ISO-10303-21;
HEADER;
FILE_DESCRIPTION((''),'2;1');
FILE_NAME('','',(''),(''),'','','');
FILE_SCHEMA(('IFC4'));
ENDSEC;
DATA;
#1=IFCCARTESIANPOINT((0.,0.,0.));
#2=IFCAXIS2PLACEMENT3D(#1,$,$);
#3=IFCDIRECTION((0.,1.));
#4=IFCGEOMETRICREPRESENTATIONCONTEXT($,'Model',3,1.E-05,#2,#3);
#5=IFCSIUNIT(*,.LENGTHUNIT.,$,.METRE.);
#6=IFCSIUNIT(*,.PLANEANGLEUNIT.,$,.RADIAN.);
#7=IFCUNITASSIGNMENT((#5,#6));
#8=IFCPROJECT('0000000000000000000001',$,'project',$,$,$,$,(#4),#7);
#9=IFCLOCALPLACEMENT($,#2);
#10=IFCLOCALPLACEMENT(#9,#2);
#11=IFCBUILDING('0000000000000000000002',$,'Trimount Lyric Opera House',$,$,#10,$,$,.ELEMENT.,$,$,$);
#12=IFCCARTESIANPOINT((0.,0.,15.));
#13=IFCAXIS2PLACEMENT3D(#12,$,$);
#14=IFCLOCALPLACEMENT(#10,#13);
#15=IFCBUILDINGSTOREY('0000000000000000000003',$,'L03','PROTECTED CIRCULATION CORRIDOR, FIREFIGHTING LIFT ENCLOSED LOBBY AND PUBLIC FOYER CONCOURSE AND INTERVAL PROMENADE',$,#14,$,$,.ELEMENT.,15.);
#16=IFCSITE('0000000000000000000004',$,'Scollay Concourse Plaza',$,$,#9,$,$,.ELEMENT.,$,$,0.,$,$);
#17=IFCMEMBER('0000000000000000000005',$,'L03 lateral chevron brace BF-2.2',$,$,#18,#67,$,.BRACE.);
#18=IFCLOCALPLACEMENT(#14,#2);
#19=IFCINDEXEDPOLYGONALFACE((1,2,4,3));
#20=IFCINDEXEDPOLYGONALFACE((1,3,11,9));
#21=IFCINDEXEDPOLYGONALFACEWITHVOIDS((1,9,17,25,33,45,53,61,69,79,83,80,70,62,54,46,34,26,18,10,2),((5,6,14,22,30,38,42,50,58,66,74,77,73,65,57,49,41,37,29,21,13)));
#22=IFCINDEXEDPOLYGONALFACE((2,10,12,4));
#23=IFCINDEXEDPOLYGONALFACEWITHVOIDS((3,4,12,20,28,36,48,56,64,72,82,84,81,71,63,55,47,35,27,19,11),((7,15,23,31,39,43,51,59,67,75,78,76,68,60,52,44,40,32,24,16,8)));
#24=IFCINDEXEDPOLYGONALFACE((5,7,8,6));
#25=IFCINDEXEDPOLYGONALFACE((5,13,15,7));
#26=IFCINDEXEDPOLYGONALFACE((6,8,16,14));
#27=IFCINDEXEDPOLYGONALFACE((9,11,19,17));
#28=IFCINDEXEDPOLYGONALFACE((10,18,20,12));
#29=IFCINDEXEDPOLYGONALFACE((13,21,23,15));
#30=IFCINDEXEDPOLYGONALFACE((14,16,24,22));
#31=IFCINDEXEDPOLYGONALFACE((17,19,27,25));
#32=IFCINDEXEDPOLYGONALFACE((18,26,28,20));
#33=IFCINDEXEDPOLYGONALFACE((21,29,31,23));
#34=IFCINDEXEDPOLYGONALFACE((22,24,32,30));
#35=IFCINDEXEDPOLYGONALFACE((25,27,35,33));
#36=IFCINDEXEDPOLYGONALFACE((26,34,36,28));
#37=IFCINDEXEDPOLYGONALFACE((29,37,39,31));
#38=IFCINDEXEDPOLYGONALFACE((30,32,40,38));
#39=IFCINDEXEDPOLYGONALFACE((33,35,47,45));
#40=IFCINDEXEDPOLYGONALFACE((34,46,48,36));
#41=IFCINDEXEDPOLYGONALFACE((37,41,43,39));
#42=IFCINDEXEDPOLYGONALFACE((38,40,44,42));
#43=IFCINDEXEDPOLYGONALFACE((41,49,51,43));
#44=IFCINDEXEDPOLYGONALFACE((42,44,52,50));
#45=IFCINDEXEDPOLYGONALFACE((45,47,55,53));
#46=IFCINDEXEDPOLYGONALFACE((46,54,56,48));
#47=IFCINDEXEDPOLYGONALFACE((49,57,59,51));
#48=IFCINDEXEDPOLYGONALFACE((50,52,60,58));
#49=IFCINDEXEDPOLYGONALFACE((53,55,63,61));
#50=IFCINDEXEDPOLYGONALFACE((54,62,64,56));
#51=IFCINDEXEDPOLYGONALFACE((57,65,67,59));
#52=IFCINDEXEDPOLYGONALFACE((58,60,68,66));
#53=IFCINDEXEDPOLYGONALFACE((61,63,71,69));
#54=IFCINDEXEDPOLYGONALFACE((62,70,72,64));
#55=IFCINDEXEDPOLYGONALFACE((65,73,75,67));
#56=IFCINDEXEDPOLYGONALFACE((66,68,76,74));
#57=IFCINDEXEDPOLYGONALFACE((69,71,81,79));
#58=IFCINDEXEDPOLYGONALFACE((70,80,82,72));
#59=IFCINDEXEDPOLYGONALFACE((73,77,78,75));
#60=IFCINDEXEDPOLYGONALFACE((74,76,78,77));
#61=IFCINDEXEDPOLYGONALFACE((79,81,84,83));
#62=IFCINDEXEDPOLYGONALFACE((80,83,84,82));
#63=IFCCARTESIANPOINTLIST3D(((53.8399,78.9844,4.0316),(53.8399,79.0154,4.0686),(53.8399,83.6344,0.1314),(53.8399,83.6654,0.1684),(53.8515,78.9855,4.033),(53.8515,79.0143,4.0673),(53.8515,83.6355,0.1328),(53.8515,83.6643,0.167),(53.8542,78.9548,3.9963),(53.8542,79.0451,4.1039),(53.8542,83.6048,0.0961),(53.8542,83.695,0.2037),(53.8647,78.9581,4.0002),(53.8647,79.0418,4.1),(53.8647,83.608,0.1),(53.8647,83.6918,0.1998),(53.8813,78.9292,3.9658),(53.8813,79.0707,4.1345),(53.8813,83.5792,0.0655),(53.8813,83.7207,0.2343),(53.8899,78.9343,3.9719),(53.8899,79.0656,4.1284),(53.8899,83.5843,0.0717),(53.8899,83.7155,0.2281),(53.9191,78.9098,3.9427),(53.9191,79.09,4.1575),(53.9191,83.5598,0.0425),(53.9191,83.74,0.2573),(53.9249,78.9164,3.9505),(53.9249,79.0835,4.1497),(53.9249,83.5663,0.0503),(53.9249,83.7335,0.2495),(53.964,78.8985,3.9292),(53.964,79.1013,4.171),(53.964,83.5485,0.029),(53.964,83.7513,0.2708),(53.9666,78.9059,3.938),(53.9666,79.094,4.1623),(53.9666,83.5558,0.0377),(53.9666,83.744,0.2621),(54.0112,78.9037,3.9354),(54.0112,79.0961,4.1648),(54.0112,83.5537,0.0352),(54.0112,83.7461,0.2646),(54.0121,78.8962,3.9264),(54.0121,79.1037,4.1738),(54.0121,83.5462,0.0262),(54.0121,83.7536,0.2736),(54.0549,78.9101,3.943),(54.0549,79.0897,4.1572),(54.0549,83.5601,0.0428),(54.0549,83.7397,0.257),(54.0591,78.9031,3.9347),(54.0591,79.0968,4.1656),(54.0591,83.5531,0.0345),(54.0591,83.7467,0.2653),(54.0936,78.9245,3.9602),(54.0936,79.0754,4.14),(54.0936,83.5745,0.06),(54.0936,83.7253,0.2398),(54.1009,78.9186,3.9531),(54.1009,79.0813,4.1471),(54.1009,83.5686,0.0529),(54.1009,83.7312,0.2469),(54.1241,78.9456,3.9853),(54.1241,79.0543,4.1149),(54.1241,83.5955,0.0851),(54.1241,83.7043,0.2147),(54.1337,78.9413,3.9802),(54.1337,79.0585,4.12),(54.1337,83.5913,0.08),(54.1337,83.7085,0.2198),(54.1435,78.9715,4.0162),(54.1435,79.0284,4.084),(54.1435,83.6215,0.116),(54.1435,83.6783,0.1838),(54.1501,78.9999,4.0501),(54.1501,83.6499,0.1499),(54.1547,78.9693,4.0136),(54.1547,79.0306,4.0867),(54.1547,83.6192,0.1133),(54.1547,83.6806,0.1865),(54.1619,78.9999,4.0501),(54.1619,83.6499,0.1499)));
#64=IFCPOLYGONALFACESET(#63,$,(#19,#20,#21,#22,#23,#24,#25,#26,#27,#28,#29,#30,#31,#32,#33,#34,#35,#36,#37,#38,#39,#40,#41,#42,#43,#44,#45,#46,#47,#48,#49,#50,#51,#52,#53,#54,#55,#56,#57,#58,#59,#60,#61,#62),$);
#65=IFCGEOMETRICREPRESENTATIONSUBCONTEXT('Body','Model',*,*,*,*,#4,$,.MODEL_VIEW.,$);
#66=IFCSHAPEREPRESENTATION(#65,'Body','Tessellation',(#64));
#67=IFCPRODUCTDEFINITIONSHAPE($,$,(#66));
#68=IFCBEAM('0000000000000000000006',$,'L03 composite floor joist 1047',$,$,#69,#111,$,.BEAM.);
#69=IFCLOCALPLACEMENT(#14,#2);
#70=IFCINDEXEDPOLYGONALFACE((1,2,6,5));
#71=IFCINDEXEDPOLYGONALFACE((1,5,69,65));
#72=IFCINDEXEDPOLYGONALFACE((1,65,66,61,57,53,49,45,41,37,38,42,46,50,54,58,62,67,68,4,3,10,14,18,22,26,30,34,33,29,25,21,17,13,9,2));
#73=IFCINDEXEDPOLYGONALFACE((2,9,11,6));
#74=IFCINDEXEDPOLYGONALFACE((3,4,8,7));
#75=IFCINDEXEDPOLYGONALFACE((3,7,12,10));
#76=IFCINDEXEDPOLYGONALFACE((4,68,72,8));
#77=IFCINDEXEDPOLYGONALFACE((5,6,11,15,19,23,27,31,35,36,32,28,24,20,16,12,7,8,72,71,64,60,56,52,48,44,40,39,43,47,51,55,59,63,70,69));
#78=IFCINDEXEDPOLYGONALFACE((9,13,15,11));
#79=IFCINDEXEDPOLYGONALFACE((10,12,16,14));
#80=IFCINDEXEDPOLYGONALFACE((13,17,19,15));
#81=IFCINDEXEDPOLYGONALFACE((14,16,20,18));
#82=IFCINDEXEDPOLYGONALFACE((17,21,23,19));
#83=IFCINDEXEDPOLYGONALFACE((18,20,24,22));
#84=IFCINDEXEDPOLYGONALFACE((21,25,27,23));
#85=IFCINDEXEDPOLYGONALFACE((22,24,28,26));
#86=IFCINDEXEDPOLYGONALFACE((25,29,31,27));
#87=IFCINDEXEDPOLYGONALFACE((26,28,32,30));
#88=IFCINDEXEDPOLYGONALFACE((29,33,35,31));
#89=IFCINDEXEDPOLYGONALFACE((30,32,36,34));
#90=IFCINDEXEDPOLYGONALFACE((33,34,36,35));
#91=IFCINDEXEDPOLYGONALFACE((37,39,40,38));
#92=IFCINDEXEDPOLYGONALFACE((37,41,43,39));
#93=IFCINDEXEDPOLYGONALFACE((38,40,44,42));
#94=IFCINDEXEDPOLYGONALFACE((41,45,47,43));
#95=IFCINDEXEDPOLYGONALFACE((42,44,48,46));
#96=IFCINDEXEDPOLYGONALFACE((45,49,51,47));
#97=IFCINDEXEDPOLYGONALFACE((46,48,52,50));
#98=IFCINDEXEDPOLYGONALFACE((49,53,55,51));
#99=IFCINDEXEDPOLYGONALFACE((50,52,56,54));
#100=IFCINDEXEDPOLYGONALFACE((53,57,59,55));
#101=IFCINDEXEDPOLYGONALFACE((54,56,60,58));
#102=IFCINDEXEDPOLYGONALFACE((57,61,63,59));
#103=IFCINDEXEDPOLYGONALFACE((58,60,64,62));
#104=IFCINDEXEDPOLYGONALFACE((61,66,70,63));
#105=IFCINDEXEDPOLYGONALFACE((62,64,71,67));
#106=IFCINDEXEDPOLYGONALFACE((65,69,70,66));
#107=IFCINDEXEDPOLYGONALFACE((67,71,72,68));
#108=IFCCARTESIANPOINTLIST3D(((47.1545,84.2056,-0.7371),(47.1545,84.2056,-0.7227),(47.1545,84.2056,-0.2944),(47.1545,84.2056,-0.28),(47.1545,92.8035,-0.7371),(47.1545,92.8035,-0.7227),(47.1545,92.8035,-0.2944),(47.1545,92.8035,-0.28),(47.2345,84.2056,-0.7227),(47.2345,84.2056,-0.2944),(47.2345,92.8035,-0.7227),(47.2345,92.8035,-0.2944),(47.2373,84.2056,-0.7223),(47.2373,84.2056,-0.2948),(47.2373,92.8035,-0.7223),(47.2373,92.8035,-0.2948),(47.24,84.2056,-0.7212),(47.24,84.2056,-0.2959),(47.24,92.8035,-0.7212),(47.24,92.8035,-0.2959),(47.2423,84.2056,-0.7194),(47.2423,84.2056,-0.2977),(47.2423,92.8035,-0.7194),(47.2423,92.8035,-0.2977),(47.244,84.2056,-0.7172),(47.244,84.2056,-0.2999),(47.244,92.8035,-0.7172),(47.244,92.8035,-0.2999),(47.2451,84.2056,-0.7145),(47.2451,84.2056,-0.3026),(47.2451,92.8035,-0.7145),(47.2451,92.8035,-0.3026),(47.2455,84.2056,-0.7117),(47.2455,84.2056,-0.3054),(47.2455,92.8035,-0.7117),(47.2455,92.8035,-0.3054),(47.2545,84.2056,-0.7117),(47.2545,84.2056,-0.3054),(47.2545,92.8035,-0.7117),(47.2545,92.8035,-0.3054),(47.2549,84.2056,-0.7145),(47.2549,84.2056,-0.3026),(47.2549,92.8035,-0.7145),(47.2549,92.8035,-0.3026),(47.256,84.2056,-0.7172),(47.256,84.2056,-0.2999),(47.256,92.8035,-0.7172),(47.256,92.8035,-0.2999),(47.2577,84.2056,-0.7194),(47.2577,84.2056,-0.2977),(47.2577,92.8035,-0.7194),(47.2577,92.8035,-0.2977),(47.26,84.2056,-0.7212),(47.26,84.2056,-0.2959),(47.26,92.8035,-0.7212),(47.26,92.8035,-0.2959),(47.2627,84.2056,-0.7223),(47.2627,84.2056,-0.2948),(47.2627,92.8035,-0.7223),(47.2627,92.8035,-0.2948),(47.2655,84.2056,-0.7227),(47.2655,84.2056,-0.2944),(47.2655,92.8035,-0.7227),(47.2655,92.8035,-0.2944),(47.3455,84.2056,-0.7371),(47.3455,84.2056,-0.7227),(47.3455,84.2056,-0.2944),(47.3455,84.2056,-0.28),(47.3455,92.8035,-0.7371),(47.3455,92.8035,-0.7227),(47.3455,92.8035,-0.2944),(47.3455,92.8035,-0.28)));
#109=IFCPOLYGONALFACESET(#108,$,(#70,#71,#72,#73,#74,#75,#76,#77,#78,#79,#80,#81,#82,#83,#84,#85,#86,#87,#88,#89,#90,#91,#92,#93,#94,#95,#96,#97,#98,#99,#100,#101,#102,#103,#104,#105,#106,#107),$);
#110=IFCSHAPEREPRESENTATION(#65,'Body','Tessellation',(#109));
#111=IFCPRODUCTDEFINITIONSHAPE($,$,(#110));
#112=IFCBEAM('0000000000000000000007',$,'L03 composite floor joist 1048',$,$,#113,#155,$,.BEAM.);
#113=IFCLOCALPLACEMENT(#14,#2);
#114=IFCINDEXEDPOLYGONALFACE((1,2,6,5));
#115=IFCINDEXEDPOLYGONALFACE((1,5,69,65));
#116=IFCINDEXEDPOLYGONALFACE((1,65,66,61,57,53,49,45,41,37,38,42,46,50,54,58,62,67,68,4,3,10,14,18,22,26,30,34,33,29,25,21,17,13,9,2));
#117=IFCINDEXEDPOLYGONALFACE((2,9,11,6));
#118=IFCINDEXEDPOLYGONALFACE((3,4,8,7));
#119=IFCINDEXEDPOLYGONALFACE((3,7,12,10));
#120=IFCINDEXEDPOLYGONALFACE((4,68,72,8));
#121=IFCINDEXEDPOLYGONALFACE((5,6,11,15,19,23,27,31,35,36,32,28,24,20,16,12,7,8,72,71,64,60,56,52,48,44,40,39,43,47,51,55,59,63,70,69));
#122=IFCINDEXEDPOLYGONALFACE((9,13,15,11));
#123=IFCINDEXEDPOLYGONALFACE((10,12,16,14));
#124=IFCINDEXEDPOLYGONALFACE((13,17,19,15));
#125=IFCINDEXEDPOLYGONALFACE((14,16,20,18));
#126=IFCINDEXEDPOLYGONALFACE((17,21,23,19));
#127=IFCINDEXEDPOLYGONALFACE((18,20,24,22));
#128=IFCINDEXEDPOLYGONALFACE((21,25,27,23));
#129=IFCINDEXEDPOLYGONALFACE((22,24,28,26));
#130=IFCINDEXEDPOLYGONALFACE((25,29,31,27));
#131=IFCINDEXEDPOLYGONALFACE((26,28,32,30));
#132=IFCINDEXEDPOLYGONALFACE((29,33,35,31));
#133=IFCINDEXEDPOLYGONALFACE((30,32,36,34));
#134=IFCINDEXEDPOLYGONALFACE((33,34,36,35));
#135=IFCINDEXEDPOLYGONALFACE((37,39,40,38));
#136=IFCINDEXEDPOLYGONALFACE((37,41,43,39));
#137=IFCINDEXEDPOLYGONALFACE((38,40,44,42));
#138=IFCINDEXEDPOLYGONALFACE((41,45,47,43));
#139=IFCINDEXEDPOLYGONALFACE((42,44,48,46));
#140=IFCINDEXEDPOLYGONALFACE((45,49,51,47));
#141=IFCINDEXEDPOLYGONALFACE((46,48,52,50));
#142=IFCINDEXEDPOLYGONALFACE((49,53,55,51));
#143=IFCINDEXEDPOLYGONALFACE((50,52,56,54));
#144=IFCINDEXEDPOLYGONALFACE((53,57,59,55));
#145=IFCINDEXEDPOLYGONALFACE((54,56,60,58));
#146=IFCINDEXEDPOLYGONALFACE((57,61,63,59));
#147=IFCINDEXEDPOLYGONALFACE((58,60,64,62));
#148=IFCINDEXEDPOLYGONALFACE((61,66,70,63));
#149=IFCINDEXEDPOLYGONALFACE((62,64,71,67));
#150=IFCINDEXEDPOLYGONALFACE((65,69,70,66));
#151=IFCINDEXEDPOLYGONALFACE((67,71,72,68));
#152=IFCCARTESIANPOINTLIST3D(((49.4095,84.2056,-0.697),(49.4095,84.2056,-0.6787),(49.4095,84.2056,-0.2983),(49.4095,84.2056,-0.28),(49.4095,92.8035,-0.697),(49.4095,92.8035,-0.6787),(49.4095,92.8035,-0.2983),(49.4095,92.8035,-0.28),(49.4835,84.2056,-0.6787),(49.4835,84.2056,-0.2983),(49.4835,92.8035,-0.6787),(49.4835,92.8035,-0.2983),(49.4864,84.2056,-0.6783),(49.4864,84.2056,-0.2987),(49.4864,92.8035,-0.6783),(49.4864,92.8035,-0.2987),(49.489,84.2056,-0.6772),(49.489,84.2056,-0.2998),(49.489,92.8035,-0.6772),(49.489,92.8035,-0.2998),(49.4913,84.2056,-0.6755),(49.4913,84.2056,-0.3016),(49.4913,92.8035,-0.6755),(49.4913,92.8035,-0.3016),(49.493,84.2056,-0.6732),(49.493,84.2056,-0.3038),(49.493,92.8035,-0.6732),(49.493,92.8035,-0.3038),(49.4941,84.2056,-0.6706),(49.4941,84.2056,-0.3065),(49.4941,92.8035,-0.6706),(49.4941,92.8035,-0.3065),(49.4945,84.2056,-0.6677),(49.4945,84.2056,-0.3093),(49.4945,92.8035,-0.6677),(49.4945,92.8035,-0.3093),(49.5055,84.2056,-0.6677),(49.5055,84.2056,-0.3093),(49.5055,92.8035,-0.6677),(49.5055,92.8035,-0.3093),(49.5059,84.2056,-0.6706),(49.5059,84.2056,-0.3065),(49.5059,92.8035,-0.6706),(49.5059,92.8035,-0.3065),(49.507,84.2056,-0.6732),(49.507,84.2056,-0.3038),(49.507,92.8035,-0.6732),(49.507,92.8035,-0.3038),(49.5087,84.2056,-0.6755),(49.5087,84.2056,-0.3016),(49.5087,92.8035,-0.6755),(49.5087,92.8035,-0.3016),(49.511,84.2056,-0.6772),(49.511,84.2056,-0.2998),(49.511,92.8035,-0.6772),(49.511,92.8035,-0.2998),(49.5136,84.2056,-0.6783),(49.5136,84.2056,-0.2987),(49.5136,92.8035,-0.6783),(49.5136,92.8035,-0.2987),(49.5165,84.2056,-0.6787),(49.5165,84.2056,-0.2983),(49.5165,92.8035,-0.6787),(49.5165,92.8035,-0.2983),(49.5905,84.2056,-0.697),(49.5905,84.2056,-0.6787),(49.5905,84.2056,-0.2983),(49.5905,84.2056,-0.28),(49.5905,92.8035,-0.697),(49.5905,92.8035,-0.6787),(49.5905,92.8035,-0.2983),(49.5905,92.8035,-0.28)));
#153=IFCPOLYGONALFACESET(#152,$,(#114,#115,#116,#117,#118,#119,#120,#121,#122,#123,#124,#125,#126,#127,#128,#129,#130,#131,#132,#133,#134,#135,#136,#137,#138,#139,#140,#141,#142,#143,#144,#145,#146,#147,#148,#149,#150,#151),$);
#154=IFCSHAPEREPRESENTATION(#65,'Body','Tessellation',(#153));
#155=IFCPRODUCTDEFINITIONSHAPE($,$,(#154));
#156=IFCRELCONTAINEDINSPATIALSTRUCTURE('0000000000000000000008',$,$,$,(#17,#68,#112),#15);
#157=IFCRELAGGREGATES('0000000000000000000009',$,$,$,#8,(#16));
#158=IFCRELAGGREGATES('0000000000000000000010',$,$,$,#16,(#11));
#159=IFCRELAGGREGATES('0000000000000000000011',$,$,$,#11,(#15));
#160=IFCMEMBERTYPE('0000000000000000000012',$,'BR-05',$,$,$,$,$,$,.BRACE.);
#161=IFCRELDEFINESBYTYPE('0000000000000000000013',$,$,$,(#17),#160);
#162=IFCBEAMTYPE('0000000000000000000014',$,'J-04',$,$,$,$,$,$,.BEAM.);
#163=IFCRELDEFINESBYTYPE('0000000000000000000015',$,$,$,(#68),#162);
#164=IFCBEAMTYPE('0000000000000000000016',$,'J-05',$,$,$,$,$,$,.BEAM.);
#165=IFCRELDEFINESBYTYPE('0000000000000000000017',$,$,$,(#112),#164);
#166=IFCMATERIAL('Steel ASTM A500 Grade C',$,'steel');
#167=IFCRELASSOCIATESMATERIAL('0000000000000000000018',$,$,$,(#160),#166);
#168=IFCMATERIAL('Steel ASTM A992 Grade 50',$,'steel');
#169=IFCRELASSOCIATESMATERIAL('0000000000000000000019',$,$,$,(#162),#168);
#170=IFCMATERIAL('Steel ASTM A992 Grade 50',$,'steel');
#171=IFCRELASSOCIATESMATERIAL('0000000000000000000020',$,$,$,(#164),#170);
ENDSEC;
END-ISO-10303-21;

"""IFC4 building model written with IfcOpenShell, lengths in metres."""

from ifc_helpers import new_model, si_unit, direction, frame, origin, origin_2d, place, context, subcontext, project, spatial, hollow_circle, i_section, extrude, material, material_profile, profile_set, type_object, element, save


model = new_model("IFC4")

# Units and contexts
model_context = context("Model", 3, precision=1e-05, world=origin(), true_north=direction((0.0, 1.0)))
body_context = subcontext(model_context, "Body", "Model", "MODEL_VIEW")
ifc_project = project(units=[si_unit("LENGTHUNIT", "METRE"), si_unit("PLANEANGLEUNIT", "RADIAN")], contexts=[model_context])

# Site, building, storey
site_placement = place(None, origin())
site = spatial("IfcSite", under=ifc_project, at=site_placement, Name="Scollay Concourse Plaza", CompositionType="ELEMENT", RefElevation=0.0)
building_placement = place(site_placement, origin())
building = spatial("IfcBuilding", under=site, at=building_placement, Name="Trimount Lyric Opera House", CompositionType="ELEMENT")
storey_placement = place(building_placement, frame((0.0, 0.0, 15.0)))
storey = spatial("IfcBuildingStorey", under=building, at=storey_placement, Name="L03", Description="PROTECTED CIRCULATION CORRIDOR, FIREFIGHTING LIFT ENCLOSED LOBBY AND PUBLIC FOYER CONCOURSE AND INTERVAL PROMENADE", CompositionType="ELEMENT", Elevation=15.0)

# Member
ifc_material_1 = material(Name="Steel ASTM A500 Grade C", Category="steel")
ifc_material_profile_1 = material_profile(ifc_material_1, hollow_circle(Radius=0.1619, WallThickness=0.0117, at=origin_2d()), Name="HSS323.9X12.7")
ifc_profile_set_1 = profile_set([ifc_material_profile_1], Name="Steel ASTM A500 Grade C")
member_type_1 = type_object("IfcMemberType", Name="BR-05", PredefinedType="BRACE", material=ifc_profile_set_1)
member_1_placement = place(storey_placement, frame((54.0, 83.6499, 0.1499), z_axis=(0.0, -0.766173, 0.642634), x_axis=(1.0, 0.0, 0.0)))
element("IfcMember", 1, at=member_1_placement, inside=storey, type_object=member_type_1, Name="L03 lateral chevron brace BF-2.2", PredefinedType="BRACE", context=body_context, shape_type="SweptSolid", body=[
    extrude(hollow_circle(Radius=0.1619, WallThickness=0.0117, at=origin_2d()), origin(), (0.0, 0.0, 1.0), 6.0691),
])

# Beams
ifc_material_2 = material(Name="Steel ASTM A992 Grade 50", Category="steel")
ifc_material_profile_2 = material_profile(ifc_material_2, i_section(OverallWidth=0.1909, OverallDepth=0.457, WebThickness=0.009, FlangeThickness=0.0144, FilletRadius=0.011, at=origin_2d()), Name="W18X50")
ifc_profile_set_2 = profile_set([ifc_material_profile_2], Name="Steel ASTM A992 Grade 50")
beam_type_1 = type_object("IfcBeamType", Name="J-04", PredefinedType="BEAM", material=ifc_profile_set_2)
beam_1_placement = place(storey_placement, frame((47.25, 84.2056, -0.5085), z_axis=(0.0, 1.0, 0.0), x_axis=(-1.0, 0.0, 0.0)))
element("IfcBeam", 2, at=beam_1_placement, inside=storey, type_object=beam_type_1, Name="L03 composite floor joist 1047", PredefinedType="BEAM", context=body_context, shape_type="SweptSolid", body=[
    extrude(i_section(OverallWidth=0.1909, OverallDepth=0.457, WebThickness=0.009, FlangeThickness=0.0144, FilletRadius=0.011, at=origin_2d()), origin(), (0.0, 0.0, 1.0), 8.5979),
])
ifc_material_3 = material(Name="Steel ASTM A992 Grade 50", Category="steel")
ifc_material_profile_3 = material_profile(ifc_material_3, i_section(OverallWidth=0.1809, OverallDepth=0.417, WebThickness=0.011, FlangeThickness=0.0183, FilletRadius=0.011, at=origin_2d()), Name="W16X57")
ifc_profile_set_3 = profile_set([ifc_material_profile_3], Name="Steel ASTM A992 Grade 50")
beam_type_2 = type_object("IfcBeamType", Name="J-05", PredefinedType="BEAM", material=ifc_profile_set_3)
beam_2_placement = place(storey_placement, frame((49.5, 84.2056, -0.4885), z_axis=(0.0, 1.0, 0.0), x_axis=(-1.0, 0.0, 0.0)))
element("IfcBeam", 3, at=beam_2_placement, inside=storey, type_object=beam_type_2, Name="L03 composite floor joist 1048", PredefinedType="BEAM", context=body_context, shape_type="SweptSolid", body=[
    extrude(i_section(OverallWidth=0.1809, OverallDepth=0.417, WebThickness=0.011, FlangeThickness=0.0183, FilletRadius=0.011, at=origin_2d()), origin(), (0.0, 0.0, 1.0), 8.5979),
])

save(model, "model.ifc")
